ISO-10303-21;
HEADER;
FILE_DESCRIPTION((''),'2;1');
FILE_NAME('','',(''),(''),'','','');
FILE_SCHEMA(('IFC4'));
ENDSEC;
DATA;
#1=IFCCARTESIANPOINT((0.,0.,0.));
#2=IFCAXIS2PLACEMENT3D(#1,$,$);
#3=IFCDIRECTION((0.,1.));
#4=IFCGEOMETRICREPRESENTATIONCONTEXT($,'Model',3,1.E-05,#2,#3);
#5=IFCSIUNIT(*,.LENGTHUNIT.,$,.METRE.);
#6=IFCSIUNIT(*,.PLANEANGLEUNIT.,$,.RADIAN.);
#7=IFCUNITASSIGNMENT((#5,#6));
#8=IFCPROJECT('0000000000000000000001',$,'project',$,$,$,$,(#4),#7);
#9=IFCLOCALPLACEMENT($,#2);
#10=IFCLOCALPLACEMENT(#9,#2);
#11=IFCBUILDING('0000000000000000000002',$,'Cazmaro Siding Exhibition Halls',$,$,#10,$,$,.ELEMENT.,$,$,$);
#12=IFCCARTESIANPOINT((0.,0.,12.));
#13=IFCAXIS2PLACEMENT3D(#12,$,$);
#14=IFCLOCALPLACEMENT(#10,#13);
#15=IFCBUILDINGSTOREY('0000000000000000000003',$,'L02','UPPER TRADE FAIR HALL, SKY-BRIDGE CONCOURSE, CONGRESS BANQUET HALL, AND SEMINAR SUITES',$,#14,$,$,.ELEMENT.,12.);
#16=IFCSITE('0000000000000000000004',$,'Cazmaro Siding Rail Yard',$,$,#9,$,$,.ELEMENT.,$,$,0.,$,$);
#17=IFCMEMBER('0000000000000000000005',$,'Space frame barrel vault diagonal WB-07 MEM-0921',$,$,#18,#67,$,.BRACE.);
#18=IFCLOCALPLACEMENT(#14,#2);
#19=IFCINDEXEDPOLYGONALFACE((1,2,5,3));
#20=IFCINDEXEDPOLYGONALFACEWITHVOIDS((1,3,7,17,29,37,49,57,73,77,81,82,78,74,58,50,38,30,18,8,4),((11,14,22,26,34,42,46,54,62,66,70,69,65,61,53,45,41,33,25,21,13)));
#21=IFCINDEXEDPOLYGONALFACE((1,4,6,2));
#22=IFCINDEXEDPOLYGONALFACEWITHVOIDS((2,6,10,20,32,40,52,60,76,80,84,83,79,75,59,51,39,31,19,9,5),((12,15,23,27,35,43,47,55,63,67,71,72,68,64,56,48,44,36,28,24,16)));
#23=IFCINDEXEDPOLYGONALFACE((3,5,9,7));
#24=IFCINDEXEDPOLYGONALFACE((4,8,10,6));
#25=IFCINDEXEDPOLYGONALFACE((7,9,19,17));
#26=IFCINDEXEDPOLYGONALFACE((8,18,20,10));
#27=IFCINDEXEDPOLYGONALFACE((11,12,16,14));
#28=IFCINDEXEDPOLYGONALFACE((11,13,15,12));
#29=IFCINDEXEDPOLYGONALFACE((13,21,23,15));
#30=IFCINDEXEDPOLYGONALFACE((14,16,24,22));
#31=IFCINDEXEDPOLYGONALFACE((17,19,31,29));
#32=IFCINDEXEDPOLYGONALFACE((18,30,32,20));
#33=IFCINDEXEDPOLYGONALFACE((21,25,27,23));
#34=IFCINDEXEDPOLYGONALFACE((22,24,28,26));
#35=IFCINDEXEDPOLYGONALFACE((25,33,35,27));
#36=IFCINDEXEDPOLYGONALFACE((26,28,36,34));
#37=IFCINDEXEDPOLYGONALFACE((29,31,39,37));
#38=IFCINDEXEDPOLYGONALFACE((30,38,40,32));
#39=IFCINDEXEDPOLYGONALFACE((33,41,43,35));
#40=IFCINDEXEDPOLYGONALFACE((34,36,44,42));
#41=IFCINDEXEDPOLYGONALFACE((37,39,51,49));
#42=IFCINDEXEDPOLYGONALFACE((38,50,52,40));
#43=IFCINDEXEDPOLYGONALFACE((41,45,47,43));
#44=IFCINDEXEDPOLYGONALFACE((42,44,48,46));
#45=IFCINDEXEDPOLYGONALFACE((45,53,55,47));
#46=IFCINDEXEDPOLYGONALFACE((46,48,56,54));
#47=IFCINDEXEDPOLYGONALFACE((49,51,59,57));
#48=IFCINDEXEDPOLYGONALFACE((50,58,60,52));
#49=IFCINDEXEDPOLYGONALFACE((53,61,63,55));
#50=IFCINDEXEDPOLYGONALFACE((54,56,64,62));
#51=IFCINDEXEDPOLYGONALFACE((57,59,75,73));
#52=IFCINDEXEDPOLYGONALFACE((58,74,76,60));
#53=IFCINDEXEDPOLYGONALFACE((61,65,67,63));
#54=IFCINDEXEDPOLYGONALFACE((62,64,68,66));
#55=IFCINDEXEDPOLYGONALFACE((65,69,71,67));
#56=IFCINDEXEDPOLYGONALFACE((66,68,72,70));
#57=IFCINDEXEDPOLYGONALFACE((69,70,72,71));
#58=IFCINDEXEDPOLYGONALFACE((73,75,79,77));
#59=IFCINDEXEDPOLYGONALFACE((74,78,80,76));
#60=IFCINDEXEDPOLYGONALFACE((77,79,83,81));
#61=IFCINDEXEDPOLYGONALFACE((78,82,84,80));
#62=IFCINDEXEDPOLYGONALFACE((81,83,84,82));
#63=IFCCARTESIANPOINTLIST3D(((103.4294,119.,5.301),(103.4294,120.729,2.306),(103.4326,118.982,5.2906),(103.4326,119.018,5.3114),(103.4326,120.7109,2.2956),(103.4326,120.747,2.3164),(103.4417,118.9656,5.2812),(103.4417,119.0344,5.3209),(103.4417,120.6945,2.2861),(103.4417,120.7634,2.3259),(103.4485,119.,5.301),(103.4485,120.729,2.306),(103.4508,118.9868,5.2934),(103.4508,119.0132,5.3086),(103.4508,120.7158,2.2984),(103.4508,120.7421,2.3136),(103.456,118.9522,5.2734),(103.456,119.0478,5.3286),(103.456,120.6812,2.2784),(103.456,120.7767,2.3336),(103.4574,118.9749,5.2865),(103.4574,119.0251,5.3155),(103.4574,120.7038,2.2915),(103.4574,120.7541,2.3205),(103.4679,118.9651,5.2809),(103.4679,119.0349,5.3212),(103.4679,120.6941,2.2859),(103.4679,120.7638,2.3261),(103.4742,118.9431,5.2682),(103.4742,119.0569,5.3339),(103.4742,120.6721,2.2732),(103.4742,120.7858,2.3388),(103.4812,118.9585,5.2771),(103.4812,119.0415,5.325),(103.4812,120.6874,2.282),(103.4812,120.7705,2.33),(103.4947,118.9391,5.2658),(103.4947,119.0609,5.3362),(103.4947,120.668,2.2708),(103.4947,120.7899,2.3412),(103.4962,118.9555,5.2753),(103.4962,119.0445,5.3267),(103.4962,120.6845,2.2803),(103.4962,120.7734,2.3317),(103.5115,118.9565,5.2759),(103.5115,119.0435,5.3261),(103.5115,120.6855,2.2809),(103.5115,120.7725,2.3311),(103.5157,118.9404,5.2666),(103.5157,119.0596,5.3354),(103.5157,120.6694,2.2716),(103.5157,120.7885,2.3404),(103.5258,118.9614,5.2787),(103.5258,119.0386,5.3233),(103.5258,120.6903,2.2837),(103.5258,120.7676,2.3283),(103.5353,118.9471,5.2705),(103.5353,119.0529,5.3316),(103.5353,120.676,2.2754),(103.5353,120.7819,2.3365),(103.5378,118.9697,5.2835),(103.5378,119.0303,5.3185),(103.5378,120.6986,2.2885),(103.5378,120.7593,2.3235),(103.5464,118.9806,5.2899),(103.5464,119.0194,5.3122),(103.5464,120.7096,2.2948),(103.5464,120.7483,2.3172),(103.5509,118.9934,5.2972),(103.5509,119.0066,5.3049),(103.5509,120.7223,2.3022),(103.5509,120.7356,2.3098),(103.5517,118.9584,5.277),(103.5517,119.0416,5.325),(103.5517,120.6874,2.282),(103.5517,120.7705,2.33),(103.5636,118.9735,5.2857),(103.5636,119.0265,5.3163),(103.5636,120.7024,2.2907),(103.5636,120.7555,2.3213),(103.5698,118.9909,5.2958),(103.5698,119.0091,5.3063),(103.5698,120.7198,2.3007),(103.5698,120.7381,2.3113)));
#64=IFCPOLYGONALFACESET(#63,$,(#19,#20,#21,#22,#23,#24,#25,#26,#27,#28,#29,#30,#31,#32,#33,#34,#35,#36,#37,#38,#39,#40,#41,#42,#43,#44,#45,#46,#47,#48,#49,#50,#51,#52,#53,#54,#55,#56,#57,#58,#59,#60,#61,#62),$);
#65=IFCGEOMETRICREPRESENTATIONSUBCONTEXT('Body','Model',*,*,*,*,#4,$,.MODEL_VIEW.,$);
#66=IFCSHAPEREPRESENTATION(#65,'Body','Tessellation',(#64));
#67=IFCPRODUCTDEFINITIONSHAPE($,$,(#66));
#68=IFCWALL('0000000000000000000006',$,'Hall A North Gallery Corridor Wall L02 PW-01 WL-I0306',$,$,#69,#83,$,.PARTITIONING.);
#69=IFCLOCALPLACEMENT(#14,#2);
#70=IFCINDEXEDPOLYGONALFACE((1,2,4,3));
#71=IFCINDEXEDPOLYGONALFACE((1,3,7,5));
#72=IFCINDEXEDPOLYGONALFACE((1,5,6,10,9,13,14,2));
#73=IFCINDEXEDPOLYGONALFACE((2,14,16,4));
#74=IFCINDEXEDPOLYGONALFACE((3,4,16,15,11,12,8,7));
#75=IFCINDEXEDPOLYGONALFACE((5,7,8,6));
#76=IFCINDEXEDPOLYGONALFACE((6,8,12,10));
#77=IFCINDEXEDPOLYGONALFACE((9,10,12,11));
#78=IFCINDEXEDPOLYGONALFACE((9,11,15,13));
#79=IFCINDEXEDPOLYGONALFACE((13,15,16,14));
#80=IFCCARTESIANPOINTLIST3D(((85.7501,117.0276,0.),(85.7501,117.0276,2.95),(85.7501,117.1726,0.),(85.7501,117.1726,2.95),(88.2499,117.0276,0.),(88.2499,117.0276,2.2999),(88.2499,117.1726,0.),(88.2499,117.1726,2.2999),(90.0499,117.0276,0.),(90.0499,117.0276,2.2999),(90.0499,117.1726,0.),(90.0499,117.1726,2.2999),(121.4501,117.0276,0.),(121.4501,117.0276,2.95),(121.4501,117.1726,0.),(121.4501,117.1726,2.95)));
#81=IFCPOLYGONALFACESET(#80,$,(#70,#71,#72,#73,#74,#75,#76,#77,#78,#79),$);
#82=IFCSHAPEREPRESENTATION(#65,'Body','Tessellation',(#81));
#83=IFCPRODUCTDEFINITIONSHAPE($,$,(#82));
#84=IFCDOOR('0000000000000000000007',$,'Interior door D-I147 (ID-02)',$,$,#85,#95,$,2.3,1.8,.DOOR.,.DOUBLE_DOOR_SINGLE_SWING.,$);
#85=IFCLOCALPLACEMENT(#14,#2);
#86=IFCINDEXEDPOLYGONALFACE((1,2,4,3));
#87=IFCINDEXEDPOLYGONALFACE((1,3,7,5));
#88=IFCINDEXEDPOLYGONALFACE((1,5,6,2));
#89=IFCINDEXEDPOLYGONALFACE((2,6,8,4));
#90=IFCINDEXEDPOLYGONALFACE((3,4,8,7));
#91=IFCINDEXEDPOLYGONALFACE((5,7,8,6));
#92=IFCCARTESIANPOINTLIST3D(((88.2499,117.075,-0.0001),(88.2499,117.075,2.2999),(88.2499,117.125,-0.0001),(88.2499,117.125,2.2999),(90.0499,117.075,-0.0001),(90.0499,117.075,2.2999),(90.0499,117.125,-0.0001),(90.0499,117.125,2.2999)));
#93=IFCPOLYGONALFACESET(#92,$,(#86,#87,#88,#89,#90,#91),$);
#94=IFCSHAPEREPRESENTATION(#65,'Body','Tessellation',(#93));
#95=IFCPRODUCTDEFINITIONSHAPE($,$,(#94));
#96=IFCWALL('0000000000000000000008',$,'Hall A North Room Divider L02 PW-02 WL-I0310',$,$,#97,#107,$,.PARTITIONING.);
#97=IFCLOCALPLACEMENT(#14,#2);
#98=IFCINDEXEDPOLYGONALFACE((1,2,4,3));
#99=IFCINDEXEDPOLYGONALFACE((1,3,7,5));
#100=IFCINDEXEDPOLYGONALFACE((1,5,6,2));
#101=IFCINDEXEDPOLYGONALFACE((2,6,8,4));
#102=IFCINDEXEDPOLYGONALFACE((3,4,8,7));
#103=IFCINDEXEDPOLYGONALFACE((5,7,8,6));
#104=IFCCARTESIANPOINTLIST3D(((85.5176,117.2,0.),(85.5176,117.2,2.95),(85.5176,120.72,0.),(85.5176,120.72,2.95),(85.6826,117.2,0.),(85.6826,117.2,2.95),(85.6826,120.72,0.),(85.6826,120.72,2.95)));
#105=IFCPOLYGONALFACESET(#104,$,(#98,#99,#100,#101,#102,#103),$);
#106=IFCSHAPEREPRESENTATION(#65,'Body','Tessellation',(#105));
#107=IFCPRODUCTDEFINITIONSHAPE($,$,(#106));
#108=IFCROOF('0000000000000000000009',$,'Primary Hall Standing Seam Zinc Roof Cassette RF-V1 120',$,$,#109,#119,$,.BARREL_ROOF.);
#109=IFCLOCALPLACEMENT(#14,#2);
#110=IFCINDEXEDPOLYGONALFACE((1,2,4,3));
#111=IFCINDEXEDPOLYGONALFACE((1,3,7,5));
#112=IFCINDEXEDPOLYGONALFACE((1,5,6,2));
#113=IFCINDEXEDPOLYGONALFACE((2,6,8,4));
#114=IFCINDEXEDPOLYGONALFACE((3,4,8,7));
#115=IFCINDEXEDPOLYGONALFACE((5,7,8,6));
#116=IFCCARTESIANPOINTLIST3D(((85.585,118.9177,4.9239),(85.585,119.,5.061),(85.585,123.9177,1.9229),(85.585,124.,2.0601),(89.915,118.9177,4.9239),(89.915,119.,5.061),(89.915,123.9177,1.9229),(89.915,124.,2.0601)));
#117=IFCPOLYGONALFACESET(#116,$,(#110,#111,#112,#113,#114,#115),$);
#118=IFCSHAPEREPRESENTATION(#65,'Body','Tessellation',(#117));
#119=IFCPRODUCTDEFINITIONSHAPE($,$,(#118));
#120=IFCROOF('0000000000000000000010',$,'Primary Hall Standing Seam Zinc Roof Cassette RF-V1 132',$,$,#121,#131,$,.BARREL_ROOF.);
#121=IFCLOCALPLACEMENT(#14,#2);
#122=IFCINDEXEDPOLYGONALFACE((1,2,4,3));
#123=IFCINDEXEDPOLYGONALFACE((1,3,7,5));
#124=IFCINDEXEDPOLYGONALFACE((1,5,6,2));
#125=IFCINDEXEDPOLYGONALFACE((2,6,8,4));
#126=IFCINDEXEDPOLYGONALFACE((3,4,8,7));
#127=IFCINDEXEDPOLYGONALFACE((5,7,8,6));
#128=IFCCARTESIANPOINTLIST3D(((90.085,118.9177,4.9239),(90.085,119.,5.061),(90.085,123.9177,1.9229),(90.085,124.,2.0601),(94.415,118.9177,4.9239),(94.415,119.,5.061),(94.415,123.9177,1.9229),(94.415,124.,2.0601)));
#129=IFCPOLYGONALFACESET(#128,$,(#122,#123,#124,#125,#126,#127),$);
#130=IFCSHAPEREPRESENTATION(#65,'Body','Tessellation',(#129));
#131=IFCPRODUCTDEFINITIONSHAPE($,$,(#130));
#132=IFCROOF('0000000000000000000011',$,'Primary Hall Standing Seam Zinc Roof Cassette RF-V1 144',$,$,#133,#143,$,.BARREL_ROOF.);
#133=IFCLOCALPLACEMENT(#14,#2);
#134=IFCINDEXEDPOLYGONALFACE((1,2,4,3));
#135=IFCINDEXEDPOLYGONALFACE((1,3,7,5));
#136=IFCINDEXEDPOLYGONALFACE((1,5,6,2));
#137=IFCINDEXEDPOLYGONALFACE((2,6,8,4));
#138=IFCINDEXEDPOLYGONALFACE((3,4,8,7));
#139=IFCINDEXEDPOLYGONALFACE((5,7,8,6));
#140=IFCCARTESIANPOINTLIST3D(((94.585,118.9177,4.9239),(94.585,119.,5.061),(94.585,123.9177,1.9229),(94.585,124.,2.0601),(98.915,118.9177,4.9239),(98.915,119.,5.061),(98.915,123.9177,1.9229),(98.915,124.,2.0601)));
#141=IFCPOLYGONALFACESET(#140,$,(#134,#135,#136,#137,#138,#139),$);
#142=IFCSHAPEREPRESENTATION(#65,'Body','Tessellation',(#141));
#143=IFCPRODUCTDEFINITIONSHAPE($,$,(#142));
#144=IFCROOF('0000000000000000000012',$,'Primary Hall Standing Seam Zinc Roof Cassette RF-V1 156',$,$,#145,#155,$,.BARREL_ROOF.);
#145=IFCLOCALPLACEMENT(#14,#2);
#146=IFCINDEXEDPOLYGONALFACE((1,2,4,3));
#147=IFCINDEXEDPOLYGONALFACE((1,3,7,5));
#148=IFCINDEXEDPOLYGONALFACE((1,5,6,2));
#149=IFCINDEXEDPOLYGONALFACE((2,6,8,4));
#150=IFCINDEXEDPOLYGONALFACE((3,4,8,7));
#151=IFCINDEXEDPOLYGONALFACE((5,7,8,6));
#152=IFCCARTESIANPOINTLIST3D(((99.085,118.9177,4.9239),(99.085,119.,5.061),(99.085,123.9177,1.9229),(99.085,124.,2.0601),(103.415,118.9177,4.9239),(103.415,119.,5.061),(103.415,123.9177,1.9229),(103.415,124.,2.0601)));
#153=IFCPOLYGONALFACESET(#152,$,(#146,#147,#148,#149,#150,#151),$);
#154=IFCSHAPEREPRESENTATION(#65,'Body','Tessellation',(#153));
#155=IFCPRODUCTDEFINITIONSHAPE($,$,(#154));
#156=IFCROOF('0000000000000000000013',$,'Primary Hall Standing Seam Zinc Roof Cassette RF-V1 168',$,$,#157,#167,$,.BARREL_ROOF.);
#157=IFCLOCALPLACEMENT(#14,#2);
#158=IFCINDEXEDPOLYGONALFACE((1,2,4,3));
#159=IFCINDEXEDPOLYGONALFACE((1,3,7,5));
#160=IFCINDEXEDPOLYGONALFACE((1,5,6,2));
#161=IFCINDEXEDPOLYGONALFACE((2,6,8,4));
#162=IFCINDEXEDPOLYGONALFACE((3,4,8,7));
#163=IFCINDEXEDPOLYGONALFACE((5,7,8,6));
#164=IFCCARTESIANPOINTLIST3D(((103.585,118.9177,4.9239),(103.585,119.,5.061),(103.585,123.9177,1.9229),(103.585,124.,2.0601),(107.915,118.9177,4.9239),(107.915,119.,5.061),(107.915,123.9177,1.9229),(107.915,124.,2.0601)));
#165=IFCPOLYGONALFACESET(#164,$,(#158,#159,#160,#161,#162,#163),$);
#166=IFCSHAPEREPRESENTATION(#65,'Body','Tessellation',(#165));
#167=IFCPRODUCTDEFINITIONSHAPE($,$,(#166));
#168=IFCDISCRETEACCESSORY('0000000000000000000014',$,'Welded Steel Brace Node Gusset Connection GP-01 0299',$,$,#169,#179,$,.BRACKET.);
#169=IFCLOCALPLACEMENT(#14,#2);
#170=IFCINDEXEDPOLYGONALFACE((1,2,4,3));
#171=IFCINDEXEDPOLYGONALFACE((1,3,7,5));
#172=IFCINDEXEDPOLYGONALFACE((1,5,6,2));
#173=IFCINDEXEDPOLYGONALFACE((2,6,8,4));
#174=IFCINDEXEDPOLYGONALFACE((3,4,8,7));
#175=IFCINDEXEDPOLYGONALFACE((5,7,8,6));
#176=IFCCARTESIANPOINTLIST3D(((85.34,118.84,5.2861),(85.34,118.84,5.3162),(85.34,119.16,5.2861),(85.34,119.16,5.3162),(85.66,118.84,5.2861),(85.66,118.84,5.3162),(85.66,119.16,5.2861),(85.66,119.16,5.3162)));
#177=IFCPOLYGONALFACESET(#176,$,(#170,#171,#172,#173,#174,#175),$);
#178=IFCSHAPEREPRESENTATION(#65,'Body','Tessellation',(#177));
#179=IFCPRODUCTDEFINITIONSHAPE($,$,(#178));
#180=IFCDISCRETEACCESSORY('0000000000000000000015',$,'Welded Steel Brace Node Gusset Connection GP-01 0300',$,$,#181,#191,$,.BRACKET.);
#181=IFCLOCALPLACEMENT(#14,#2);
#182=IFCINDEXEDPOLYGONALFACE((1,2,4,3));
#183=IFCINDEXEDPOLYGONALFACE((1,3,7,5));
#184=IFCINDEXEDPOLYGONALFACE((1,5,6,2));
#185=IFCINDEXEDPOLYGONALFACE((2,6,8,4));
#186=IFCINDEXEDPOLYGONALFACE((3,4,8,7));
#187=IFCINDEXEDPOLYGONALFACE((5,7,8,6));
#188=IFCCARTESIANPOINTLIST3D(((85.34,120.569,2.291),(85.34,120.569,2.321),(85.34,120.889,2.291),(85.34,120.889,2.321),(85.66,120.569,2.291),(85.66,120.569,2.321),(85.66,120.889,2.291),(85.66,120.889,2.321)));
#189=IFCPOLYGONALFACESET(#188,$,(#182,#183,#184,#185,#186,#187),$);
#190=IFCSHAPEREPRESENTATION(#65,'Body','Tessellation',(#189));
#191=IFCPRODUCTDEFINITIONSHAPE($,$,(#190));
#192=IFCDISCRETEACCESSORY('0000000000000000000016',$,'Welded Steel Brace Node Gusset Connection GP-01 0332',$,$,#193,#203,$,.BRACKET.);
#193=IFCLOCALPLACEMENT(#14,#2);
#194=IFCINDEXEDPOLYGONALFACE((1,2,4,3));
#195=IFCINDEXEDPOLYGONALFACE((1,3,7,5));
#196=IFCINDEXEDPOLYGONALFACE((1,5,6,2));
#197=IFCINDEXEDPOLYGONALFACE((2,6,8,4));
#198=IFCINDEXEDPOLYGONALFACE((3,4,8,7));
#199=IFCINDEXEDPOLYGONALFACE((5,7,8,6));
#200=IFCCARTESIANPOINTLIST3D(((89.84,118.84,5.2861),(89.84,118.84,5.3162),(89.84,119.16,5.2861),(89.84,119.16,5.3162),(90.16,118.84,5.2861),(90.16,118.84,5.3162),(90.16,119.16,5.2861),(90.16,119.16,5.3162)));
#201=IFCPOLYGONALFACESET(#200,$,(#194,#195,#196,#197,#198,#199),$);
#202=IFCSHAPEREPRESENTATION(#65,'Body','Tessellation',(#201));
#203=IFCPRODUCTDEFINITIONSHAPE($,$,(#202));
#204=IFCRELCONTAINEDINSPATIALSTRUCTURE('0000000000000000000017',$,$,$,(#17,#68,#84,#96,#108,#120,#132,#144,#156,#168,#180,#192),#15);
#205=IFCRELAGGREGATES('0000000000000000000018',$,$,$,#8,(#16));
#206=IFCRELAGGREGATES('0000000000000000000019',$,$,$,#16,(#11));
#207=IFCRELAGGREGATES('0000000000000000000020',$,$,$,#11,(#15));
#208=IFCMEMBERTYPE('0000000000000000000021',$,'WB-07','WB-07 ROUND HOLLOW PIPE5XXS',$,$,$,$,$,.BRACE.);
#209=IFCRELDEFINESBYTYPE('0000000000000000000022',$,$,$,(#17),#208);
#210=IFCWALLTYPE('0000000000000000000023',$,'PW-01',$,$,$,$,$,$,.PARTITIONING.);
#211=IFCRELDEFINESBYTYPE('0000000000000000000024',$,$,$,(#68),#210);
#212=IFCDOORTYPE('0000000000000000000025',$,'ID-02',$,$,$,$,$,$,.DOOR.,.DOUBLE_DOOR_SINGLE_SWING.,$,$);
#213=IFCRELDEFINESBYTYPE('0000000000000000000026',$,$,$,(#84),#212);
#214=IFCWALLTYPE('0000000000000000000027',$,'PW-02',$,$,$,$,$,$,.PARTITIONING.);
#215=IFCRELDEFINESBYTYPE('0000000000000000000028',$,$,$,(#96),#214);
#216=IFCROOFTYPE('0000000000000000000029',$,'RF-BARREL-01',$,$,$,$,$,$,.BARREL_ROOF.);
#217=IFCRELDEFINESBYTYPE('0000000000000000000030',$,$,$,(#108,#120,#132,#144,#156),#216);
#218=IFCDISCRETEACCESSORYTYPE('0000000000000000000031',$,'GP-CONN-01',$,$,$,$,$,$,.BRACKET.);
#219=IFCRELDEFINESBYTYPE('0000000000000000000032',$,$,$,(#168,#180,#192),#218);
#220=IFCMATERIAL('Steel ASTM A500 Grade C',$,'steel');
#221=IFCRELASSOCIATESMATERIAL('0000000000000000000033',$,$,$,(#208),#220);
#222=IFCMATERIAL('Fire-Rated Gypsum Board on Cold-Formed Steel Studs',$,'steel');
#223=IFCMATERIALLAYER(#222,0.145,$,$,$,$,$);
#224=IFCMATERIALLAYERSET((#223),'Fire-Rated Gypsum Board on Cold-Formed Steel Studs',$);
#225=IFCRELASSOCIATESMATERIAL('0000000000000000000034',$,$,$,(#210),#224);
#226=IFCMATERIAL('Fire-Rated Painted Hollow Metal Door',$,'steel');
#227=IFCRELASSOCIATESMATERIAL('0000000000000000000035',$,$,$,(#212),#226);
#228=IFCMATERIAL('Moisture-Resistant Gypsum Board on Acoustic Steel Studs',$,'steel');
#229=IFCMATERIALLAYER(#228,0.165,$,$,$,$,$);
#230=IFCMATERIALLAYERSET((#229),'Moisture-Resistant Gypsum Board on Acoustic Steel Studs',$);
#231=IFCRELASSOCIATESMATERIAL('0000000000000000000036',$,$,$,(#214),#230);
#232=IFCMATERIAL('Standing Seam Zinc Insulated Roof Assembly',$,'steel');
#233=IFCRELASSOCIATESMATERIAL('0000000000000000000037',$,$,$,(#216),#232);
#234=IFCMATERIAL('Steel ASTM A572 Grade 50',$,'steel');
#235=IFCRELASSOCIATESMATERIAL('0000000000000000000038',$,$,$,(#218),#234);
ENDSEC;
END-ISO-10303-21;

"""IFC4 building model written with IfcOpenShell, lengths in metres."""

from ifc_helpers import new_model, si_unit, direction, frame, frame_2d, origin, origin_2d, place, context, subcontext, project, spatial, polyline, rectangle, hollow_circle, outline, extrude, material, layer, layer_set, material_profile, profile_set, type_object, element, fill, save


model = new_model("IFC4")

# Units and contexts
model_context = context("Model", 3, precision=1e-05, world=origin(), true_north=direction((0.0, 1.0)))
body_context = subcontext(model_context, "Body", "Model", "MODEL_VIEW")
ifc_project = project(units=[si_unit("LENGTHUNIT", "METRE"), si_unit("PLANEANGLEUNIT", "RADIAN")], contexts=[model_context])

# Site, building, storey
site_placement = place(None, origin())
site = spatial("IfcSite", under=ifc_project, at=site_placement, Name="Cazmaro Siding Rail Yard", CompositionType="ELEMENT", RefElevation=0.0)
building_placement = place(site_placement, origin())
building = spatial("IfcBuilding", under=site, at=building_placement, Name="Cazmaro Siding Exhibition Halls", CompositionType="ELEMENT")
storey_placement = place(building_placement, frame((0.0, 0.0, 12.0)))
storey = spatial("IfcBuildingStorey", under=building, at=storey_placement, Name="L02", Description="UPPER TRADE FAIR HALL, SKY-BRIDGE CONCOURSE, CONGRESS BANQUET HALL, AND SEMINAR SUITES", CompositionType="ELEMENT", Elevation=12.0)

# Member
ifc_material_1 = material(Name="Steel ASTM A500 Grade C", Category="steel")
ifc_material_profile_1 = material_profile(ifc_material_1, hollow_circle(Radius=0.0706, WallThickness=0.019, at=origin_2d()), Name="PIPE5XXS")
ifc_profile_set_1 = profile_set([ifc_material_profile_1], Name="Steel ASTM A500 Grade C")
member_type_1 = type_object("IfcMemberType", Name="WB-07", Description="WB-07 ROUND HOLLOW PIPE5XXS", PredefinedType="BRACE", material=ifc_profile_set_1)
for number, where, z_axis, x_axis, name in (
    (1, (103.5, 119.0, 5.301), (0.0, 0.499951, -0.866054), (-1.0, 0.0, 0.0), "Space frame barrel vault diagonal WB-07 MEM-0921"),
):
    element("IfcMember", number, at=place(storey_placement, frame(where, z_axis=z_axis, x_axis=x_axis)), inside=storey, type_object=member_type_1, Name=name, PredefinedType="BRACE", context=body_context, shape_type="SweptSolid", body=[
        extrude(hollow_circle(Radius=0.0706, WallThickness=0.019, at=origin_2d()), origin(), (0.0, 0.0, 1.0), 3.4583),
    ])

# Wall, opening, door
ifc_material_2 = material(Name="Fire-Rated Gypsum Board on Cold-Formed Steel Studs", Category="steel")
ifc_layer_1 = layer(ifc_material_2, 0.145)
ifc_layer_set_1 = layer_set([ifc_layer_1], Name="Fire-Rated Gypsum Board on Cold-Formed Steel Studs")
wall_type_1 = type_object("IfcWallType", Name="PW-01", PredefinedType="PARTITIONING", material=ifc_layer_set_1)
wall_1_placement = place(storey_placement, frame((85.75, 117.1001, 0.0), z_axis=(0.0, 0.0, 1.0), x_axis=(1.0, 0.0, 0.0)))
wall_1 = element("IfcWall", 2, at=wall_1_placement, inside=storey, type_object=wall_type_1, Name="Hall A North Gallery Corridor Wall L02 PW-01 WL-I0306", PredefinedType="PARTITIONING", context=body_context, shape_type="SweptSolid", body=[
    extrude(rectangle(XDim=35.7, YDim=0.145, at=frame_2d((17.8501, 0.0))), origin(), (0.0, 0.0, 1.0), 2.95),
])
opening_placement = place(wall_1_placement, frame((2.5, 0.0, 0.0)))
opening = element("IfcOpeningElement", 3, at=opening_placement, cuts=wall_1, PredefinedType="OPENING", context=body_context, shape_type="SweptSolid", body=[
    extrude(rectangle(XDim=1.8, YDim=2.3, at=frame_2d((0.8999, 1.1499))), frame((0.0, 0.0825, 0.0), z_axis=(0.0, -1.0, 0.0), x_axis=(1.0, 0.0, 0.0)), (0.0, 0.0, 1.0), 0.165),
])
ifc_material_3 = material(Name="Fire-Rated Painted Hollow Metal Door", Category="steel")
door_type = type_object("IfcDoorType", Name="ID-02", OperationType="DOUBLE_DOOR_SINGLE_SWING", PredefinedType="DOOR", material=ifc_material_3)
door_placement = place(opening_placement, origin())
door = element("IfcDoor", 4, at=door_placement, inside=storey, type_object=door_type, Name="Interior door D-I147 (ID-02)", OperationType="DOUBLE_DOOR_SINGLE_SWING", OverallHeight=2.3, OverallWidth=1.8, PredefinedType="DOOR", context=body_context, shape_type="SweptSolid", body=[
    extrude(rectangle(XDim=1.8, YDim=2.3, at=frame_2d((0.8999, 1.1499))), frame((0.0, 0.0249, 0.0), z_axis=(0.0, -1.0, 0.0), x_axis=(1.0, 0.0, 0.0)), (0.0, 0.0, 1.0), 0.05),
])
fill(opening, door)

# Wall
ifc_material_4 = material(Name="Moisture-Resistant Gypsum Board on Acoustic Steel Studs", Category="steel")
ifc_layer_2 = layer(ifc_material_4, 0.165)
ifc_layer_set_2 = layer_set([ifc_layer_2], Name="Moisture-Resistant Gypsum Board on Acoustic Steel Studs")
wall_type_2 = type_object("IfcWallType", Name="PW-02", PredefinedType="PARTITIONING", material=ifc_layer_set_2)
wall_2_placement = place(storey_placement, frame((85.6001, 117.2, 0.0), z_axis=(0.0, 0.0, 1.0), x_axis=(0.0, 1.0, 0.0)))
element("IfcWall", 5, at=wall_2_placement, inside=storey, type_object=wall_type_2, Name="Hall A North Room Divider L02 PW-02 WL-I0310", PredefinedType="PARTITIONING", context=body_context, shape_type="SweptSolid", body=[
    extrude(rectangle(XDim=3.52, YDim=0.165, at=frame_2d((1.76, 0.0))), origin(), (0.0, 0.0, 1.0), 2.95),
])

# Roofs
ifc_material_5 = material(Name="Standing Seam Zinc Insulated Roof Assembly", Category="steel")
roof_type = type_object("IfcRoofType", Name="RF-BARREL-01", PredefinedType="BARREL_ROOF", material=ifc_material_5)
for number, where, z_axis, x_axis, name in (
    (6, (85.585, 119.0, 5.061), (0.0, 0.514619, 0.857419), (1.0, 0.0, 0.0), "Primary Hall Standing Seam Zinc Roof Cassette RF-V1 120"),
    (7, (90.085, 119.0, 5.061), (0.0, 0.514619, 0.857419), (1.0, 0.0, 0.0), "Primary Hall Standing Seam Zinc Roof Cassette RF-V1 132"),
    (8, (94.585, 119.0, 5.061), (0.0, 0.514619, 0.857419), (1.0, 0.0, 0.0), "Primary Hall Standing Seam Zinc Roof Cassette RF-V1 144"),
    (9, (99.085, 119.0, 5.061), (0.0, 0.514619, 0.857419), (1.0, 0.0, 0.0), "Primary Hall Standing Seam Zinc Roof Cassette RF-V1 156"),
    (10, (103.585, 119.0, 5.061), (0.0, 0.514619, 0.857419), (1.0, 0.0, 0.0), "Primary Hall Standing Seam Zinc Roof Cassette RF-V1 168"),
):
    element("IfcRoof", number, at=place(storey_placement, frame(where, z_axis=z_axis, x_axis=x_axis)), inside=storey, type_object=roof_type, Name=name, PredefinedType="BARREL_ROOF", context=body_context, shape_type="SweptSolid", body=[
        extrude(outline(polyline([(0.0, 0.0), (4.3301, 0.0), (4.3301, 5.8315), (0.0, 5.8315), (0.0, 0.0)])), origin(), (0.0, 0.0, -1.0), 0.1599),
    ])

# Discrete accessories
ifc_material_6 = material(Name="Steel ASTM A572 Grade 50", Category="steel")
discrete_accessory_type = type_object("IfcDiscreteAccessoryType", Name="GP-CONN-01", PredefinedType="BRACKET", material=ifc_material_6)
for number, where, z_axis, x_axis, name in (
    (11, (85.5, 119.0, 5.2861), (0.0, 0.0, 1.0), (1.0, 0.0, 0.0), "Welded Steel Brace Node Gusset Connection GP-01 0299"),
    (12, (85.5, 120.729, 2.291), (0.0, 0.0, 1.0), (1.0, 0.0, 0.0), "Welded Steel Brace Node Gusset Connection GP-01 0300"),
    (13, (90.0, 119.0, 5.2861), (0.0, 0.0, 1.0), (1.0, 0.0, 0.0), "Welded Steel Brace Node Gusset Connection GP-01 0332"),
):
    element("IfcDiscreteAccessory", number, at=place(storey_placement, frame(where, z_axis=z_axis, x_axis=x_axis)), inside=storey, type_object=discrete_accessory_type, Name=name, PredefinedType="BRACKET", context=body_context, shape_type="SweptSolid", body=[
        extrude(rectangle(XDim=0.3201, YDim=0.3201, at=origin_2d()), origin(), (0.0, 0.0, 1.0), 0.03),
    ])

save(model, "model.ifc")
